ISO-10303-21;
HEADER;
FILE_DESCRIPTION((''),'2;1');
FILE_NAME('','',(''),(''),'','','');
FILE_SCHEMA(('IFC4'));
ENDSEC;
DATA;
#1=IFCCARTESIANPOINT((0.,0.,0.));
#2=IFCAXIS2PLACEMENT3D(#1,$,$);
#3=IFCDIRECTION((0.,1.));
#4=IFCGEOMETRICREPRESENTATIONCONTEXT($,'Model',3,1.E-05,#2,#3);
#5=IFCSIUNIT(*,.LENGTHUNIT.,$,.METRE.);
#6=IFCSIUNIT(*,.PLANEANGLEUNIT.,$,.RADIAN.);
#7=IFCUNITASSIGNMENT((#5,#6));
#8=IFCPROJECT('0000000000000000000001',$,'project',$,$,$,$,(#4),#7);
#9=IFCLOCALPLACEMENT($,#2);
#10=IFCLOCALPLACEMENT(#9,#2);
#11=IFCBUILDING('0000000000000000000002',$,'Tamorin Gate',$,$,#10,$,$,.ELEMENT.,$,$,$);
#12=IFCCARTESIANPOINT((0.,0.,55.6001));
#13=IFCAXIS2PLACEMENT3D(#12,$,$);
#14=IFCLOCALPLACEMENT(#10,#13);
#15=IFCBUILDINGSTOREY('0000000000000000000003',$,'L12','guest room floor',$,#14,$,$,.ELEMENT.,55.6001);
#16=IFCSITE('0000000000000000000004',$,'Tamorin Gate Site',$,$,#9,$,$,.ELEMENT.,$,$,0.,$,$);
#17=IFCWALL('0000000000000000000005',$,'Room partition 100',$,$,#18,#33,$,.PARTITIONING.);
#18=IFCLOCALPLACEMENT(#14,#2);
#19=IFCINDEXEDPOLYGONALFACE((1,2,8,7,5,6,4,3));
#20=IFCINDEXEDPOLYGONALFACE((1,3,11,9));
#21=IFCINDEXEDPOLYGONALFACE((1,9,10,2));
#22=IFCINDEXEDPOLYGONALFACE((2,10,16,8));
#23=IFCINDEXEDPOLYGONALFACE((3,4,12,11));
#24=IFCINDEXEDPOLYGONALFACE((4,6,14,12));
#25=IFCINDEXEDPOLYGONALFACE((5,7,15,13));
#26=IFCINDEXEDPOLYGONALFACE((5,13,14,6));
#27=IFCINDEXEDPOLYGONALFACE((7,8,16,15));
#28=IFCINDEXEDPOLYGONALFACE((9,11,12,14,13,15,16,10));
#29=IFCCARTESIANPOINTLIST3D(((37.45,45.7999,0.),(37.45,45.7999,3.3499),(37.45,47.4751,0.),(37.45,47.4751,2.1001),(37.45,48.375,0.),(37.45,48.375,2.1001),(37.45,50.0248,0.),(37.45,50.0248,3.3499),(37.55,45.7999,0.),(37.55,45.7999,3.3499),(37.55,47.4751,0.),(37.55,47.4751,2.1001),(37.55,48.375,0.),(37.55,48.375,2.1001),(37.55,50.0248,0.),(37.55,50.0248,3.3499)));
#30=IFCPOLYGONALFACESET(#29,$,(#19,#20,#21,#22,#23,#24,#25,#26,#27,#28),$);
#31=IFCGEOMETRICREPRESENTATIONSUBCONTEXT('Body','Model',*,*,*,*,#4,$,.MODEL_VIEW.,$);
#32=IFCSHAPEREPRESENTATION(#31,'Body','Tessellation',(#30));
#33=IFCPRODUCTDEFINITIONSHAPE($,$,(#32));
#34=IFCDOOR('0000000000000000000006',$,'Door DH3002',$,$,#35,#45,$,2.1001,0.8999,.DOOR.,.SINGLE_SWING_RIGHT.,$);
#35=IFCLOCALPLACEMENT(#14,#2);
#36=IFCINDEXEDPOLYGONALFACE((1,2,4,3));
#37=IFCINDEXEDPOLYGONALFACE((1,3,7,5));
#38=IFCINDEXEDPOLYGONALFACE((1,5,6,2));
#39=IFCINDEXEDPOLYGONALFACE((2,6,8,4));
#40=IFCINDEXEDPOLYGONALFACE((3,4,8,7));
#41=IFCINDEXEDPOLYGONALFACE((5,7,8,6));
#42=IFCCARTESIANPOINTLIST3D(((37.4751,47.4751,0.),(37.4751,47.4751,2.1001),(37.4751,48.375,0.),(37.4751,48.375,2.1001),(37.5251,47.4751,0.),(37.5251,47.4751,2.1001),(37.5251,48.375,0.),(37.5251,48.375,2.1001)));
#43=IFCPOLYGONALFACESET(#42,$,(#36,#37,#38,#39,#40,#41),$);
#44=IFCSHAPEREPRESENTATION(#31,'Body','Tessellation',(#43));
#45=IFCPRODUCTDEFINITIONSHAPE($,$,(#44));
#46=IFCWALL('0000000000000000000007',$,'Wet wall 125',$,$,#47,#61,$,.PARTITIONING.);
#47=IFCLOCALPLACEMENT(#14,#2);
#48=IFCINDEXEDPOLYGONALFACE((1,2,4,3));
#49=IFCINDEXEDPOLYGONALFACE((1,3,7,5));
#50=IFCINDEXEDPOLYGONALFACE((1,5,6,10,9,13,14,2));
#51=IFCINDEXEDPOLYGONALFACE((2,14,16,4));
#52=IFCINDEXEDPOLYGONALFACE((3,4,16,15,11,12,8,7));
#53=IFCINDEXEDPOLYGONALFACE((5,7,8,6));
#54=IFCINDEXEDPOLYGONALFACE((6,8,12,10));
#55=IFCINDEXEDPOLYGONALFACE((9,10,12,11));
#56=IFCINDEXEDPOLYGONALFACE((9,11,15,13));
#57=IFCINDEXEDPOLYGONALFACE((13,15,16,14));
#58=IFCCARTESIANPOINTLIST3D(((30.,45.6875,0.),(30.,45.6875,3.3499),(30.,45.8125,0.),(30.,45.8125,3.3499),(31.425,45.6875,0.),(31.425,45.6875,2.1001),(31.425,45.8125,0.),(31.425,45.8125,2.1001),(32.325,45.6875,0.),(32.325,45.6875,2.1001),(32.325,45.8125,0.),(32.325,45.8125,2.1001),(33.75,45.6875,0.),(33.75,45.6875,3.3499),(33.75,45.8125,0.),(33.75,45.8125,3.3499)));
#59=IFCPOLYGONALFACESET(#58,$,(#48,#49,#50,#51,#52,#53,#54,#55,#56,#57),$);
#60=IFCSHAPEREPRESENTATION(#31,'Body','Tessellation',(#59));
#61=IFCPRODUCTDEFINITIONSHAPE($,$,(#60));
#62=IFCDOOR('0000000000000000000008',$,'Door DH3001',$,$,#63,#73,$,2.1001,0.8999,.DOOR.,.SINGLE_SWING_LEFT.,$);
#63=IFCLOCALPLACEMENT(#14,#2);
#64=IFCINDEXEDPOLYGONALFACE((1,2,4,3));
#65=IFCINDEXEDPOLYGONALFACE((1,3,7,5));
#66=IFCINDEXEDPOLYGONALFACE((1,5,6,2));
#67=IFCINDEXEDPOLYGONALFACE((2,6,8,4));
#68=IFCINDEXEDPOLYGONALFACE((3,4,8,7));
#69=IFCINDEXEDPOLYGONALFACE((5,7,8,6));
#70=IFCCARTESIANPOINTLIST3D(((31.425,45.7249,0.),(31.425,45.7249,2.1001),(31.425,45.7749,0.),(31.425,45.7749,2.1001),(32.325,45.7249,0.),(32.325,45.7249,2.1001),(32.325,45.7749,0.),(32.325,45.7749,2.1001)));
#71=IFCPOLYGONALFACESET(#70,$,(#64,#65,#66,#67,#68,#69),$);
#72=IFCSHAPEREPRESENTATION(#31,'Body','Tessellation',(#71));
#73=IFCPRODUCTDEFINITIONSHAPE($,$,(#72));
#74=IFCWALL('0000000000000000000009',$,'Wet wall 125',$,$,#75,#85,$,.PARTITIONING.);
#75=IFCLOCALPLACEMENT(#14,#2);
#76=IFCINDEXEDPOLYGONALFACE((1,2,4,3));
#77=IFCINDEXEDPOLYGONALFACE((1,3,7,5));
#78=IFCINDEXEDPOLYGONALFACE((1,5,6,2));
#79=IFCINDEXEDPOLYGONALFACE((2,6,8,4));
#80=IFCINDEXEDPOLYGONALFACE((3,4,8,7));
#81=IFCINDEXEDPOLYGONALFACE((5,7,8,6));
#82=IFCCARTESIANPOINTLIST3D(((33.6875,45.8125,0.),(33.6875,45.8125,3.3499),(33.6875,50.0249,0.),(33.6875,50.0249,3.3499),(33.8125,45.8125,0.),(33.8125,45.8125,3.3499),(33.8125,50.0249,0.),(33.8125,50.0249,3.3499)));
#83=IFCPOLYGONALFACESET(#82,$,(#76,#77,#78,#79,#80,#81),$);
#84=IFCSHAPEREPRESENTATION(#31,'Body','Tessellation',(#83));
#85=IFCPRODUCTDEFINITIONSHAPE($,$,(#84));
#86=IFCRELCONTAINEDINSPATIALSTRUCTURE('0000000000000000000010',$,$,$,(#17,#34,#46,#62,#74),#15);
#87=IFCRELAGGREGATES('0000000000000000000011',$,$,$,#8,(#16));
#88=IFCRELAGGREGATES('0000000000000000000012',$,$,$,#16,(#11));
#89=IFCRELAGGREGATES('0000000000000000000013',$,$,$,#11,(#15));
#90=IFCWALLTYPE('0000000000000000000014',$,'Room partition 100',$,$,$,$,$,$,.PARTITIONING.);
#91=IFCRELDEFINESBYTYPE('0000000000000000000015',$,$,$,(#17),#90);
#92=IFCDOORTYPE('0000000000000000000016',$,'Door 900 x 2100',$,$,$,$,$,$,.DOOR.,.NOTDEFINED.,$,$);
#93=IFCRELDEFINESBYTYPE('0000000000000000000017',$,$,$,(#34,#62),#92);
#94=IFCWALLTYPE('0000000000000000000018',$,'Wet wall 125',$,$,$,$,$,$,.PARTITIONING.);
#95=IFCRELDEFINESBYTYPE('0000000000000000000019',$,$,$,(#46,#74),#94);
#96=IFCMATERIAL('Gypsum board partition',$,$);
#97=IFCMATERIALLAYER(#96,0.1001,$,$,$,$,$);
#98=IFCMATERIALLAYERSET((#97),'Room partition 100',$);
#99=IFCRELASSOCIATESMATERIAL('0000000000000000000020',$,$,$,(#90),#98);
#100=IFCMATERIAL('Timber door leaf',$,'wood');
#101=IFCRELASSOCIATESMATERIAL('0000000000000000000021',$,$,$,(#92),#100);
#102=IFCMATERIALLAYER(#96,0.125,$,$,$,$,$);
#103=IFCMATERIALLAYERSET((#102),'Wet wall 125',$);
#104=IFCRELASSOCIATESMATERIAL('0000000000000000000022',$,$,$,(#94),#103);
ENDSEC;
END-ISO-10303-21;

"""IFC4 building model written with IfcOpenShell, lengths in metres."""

from ifc_helpers import new_model, si_unit, direction, frame, frame_2d, origin, place, context, subcontext, project, spatial, rectangle, extrude, material, layer, layer_set, type_object, element, fill, save


model = new_model("IFC4")

# Units and contexts
model_context = context("Model", 3, precision=1e-05, world=origin(), true_north=direction((0.0, 1.0)))
body_context = subcontext(model_context, "Body", "Model", "MODEL_VIEW")
ifc_project = project(units=[si_unit("LENGTHUNIT", "METRE"), si_unit("PLANEANGLEUNIT", "RADIAN")], contexts=[model_context])

# Site, building, storey
site_placement = place(None, origin())
site = spatial("IfcSite", under=ifc_project, at=site_placement, Name="Tamorin Gate Site", CompositionType="ELEMENT", RefElevation=0.0)
building_placement = place(site_placement, origin())
building = spatial("IfcBuilding", under=site, at=building_placement, Name="Tamorin Gate", CompositionType="ELEMENT")
storey_placement = place(building_placement, frame((0.0, 0.0, 55.6001)))
storey = spatial("IfcBuildingStorey", under=building, at=storey_placement, Name="L12", Description="guest room floor", CompositionType="ELEMENT", Elevation=55.6001)

# Walls, openings, doors
ifc_material_1 = material(Name="Gypsum board partition")
ifc_layer_1 = layer(ifc_material_1, 0.1001)
ifc_layer_set_1 = layer_set([ifc_layer_1], Name="Room partition 100")
wall_type_1 = type_object("IfcWallType", Name="Room partition 100", PredefinedType="PARTITIONING", material=ifc_layer_set_1)
ifc_material_2 = material(Name="Timber door leaf", Category="wood")
door_type = type_object("IfcDoorType", Name="Door 900 x 2100", OperationType="NOTDEFINED", PredefinedType="DOOR", material=ifc_material_2)
wall_1_placement = place(storey_placement, frame((37.5, 45.8, 0.0), z_axis=(0.0, 0.0, 1.0), x_axis=(0.0, 1.0, 0.0)))
wall_1 = element("IfcWall", 1, at=wall_1_placement, inside=storey, type_object=wall_type_1, Name="Room partition 100", PredefinedType="PARTITIONING", context=body_context, shape_type="SweptSolid", body=[
    extrude(rectangle(XDim=4.2249, YDim=0.1001, at=frame_2d((2.1123, 0.0))), origin(), (0.0, 0.0, 1.0), 3.3499),
])
opening_1_placement = place(wall_1_placement, frame((1.675, 0.0, 0.0)))
opening_1 = element("IfcOpeningElement", 2, at=opening_1_placement, cuts=wall_1, PredefinedType="OPENING", context=body_context, shape_type="SweptSolid", body=[
    extrude(rectangle(XDim=0.8999, YDim=2.1001, at=frame_2d((0.45, 1.05))), frame((0.0, 0.0601, 0.0), z_axis=(0.0, -1.0, 0.0), x_axis=(1.0, 0.0, 0.0)), (0.0, 0.0, 1.0), 0.1201),
])
door_1_placement = place(opening_1_placement, origin())
door_1 = element("IfcDoor", 3, at=door_1_placement, inside=storey, type_object=door_type, Name="Door DH3002", OperationType="SINGLE_SWING_RIGHT", OverallHeight=2.1001, OverallWidth=0.8999, PredefinedType="DOOR", context=body_context, shape_type="SweptSolid", body=[
    extrude(rectangle(XDim=0.8999, YDim=2.1001, at=frame_2d((0.45, 1.05))), frame((0.0, 0.0249, 0.0), z_axis=(0.0, -1.0, 0.0), x_axis=(1.0, 0.0, 0.0)), (0.0, 0.0, 1.0), 0.05),
])
fill(opening_1, door_1)
ifc_layer_2 = layer(ifc_material_1, 0.125)
ifc_layer_set_2 = layer_set([ifc_layer_2], Name="Wet wall 125")
wall_type_2 = type_object("IfcWallType", Name="Wet wall 125", PredefinedType="PARTITIONING", material=ifc_layer_set_2)
wall_2_placement = place(storey_placement, frame((30.0, 45.75, 0.0), z_axis=(0.0, 0.0, 1.0), x_axis=(1.0, 0.0, 0.0)))
wall_2 = element("IfcWall", 4, at=wall_2_placement, inside=storey, type_object=wall_type_2, Name="Wet wall 125", PredefinedType="PARTITIONING", context=body_context, shape_type="SweptSolid", body=[
    extrude(rectangle(XDim=3.75, YDim=0.125, at=frame_2d((1.875, 0.0))), origin(), (0.0, 0.0, 1.0), 3.3499),
])
opening_2_placement = place(wall_2_placement, frame((1.425, 0.0, 0.0)))
opening_2 = element("IfcOpeningElement", 5, at=opening_2_placement, cuts=wall_2, PredefinedType="OPENING", context=body_context, shape_type="SweptSolid", body=[
    extrude(rectangle(XDim=0.8999, YDim=2.1001, at=frame_2d((0.45, 1.05))), frame((0.0, 0.0725, 0.0), z_axis=(0.0, -1.0, 0.0), x_axis=(1.0, 0.0, 0.0)), (0.0, 0.0, 1.0), 0.145),
])
door_2_placement = place(opening_2_placement, origin())
door_2 = element("IfcDoor", 6, at=door_2_placement, inside=storey, type_object=door_type, Name="Door DH3001", OperationType="SINGLE_SWING_LEFT", OverallHeight=2.1001, OverallWidth=0.8999, PredefinedType="DOOR", context=body_context, shape_type="SweptSolid", body=[
    extrude(rectangle(XDim=0.8999, YDim=2.1001, at=frame_2d((0.45, 1.05))), frame((0.0, 0.0249, 0.0), z_axis=(0.0, -1.0, 0.0), x_axis=(1.0, 0.0, 0.0)), (0.0, 0.0, 1.0), 0.05),
])
fill(opening_2, door_2)

# Wall
wall_3_placement = place(storey_placement, frame((33.75, 45.8125, 0.0), z_axis=(0.0, 0.0, 1.0), x_axis=(0.0, 1.0, 0.0)))
element("IfcWall", 7, at=wall_3_placement, inside=storey, type_object=wall_type_2, Name="Wet wall 125", PredefinedType="PARTITIONING", context=body_context, shape_type="SweptSolid", body=[
    extrude(rectangle(XDim=4.2124, YDim=0.125, at=frame_2d((2.1062, 0.0))), origin(), (0.0, 0.0, 1.0), 3.3499),
])

save(model, "model.ifc")
